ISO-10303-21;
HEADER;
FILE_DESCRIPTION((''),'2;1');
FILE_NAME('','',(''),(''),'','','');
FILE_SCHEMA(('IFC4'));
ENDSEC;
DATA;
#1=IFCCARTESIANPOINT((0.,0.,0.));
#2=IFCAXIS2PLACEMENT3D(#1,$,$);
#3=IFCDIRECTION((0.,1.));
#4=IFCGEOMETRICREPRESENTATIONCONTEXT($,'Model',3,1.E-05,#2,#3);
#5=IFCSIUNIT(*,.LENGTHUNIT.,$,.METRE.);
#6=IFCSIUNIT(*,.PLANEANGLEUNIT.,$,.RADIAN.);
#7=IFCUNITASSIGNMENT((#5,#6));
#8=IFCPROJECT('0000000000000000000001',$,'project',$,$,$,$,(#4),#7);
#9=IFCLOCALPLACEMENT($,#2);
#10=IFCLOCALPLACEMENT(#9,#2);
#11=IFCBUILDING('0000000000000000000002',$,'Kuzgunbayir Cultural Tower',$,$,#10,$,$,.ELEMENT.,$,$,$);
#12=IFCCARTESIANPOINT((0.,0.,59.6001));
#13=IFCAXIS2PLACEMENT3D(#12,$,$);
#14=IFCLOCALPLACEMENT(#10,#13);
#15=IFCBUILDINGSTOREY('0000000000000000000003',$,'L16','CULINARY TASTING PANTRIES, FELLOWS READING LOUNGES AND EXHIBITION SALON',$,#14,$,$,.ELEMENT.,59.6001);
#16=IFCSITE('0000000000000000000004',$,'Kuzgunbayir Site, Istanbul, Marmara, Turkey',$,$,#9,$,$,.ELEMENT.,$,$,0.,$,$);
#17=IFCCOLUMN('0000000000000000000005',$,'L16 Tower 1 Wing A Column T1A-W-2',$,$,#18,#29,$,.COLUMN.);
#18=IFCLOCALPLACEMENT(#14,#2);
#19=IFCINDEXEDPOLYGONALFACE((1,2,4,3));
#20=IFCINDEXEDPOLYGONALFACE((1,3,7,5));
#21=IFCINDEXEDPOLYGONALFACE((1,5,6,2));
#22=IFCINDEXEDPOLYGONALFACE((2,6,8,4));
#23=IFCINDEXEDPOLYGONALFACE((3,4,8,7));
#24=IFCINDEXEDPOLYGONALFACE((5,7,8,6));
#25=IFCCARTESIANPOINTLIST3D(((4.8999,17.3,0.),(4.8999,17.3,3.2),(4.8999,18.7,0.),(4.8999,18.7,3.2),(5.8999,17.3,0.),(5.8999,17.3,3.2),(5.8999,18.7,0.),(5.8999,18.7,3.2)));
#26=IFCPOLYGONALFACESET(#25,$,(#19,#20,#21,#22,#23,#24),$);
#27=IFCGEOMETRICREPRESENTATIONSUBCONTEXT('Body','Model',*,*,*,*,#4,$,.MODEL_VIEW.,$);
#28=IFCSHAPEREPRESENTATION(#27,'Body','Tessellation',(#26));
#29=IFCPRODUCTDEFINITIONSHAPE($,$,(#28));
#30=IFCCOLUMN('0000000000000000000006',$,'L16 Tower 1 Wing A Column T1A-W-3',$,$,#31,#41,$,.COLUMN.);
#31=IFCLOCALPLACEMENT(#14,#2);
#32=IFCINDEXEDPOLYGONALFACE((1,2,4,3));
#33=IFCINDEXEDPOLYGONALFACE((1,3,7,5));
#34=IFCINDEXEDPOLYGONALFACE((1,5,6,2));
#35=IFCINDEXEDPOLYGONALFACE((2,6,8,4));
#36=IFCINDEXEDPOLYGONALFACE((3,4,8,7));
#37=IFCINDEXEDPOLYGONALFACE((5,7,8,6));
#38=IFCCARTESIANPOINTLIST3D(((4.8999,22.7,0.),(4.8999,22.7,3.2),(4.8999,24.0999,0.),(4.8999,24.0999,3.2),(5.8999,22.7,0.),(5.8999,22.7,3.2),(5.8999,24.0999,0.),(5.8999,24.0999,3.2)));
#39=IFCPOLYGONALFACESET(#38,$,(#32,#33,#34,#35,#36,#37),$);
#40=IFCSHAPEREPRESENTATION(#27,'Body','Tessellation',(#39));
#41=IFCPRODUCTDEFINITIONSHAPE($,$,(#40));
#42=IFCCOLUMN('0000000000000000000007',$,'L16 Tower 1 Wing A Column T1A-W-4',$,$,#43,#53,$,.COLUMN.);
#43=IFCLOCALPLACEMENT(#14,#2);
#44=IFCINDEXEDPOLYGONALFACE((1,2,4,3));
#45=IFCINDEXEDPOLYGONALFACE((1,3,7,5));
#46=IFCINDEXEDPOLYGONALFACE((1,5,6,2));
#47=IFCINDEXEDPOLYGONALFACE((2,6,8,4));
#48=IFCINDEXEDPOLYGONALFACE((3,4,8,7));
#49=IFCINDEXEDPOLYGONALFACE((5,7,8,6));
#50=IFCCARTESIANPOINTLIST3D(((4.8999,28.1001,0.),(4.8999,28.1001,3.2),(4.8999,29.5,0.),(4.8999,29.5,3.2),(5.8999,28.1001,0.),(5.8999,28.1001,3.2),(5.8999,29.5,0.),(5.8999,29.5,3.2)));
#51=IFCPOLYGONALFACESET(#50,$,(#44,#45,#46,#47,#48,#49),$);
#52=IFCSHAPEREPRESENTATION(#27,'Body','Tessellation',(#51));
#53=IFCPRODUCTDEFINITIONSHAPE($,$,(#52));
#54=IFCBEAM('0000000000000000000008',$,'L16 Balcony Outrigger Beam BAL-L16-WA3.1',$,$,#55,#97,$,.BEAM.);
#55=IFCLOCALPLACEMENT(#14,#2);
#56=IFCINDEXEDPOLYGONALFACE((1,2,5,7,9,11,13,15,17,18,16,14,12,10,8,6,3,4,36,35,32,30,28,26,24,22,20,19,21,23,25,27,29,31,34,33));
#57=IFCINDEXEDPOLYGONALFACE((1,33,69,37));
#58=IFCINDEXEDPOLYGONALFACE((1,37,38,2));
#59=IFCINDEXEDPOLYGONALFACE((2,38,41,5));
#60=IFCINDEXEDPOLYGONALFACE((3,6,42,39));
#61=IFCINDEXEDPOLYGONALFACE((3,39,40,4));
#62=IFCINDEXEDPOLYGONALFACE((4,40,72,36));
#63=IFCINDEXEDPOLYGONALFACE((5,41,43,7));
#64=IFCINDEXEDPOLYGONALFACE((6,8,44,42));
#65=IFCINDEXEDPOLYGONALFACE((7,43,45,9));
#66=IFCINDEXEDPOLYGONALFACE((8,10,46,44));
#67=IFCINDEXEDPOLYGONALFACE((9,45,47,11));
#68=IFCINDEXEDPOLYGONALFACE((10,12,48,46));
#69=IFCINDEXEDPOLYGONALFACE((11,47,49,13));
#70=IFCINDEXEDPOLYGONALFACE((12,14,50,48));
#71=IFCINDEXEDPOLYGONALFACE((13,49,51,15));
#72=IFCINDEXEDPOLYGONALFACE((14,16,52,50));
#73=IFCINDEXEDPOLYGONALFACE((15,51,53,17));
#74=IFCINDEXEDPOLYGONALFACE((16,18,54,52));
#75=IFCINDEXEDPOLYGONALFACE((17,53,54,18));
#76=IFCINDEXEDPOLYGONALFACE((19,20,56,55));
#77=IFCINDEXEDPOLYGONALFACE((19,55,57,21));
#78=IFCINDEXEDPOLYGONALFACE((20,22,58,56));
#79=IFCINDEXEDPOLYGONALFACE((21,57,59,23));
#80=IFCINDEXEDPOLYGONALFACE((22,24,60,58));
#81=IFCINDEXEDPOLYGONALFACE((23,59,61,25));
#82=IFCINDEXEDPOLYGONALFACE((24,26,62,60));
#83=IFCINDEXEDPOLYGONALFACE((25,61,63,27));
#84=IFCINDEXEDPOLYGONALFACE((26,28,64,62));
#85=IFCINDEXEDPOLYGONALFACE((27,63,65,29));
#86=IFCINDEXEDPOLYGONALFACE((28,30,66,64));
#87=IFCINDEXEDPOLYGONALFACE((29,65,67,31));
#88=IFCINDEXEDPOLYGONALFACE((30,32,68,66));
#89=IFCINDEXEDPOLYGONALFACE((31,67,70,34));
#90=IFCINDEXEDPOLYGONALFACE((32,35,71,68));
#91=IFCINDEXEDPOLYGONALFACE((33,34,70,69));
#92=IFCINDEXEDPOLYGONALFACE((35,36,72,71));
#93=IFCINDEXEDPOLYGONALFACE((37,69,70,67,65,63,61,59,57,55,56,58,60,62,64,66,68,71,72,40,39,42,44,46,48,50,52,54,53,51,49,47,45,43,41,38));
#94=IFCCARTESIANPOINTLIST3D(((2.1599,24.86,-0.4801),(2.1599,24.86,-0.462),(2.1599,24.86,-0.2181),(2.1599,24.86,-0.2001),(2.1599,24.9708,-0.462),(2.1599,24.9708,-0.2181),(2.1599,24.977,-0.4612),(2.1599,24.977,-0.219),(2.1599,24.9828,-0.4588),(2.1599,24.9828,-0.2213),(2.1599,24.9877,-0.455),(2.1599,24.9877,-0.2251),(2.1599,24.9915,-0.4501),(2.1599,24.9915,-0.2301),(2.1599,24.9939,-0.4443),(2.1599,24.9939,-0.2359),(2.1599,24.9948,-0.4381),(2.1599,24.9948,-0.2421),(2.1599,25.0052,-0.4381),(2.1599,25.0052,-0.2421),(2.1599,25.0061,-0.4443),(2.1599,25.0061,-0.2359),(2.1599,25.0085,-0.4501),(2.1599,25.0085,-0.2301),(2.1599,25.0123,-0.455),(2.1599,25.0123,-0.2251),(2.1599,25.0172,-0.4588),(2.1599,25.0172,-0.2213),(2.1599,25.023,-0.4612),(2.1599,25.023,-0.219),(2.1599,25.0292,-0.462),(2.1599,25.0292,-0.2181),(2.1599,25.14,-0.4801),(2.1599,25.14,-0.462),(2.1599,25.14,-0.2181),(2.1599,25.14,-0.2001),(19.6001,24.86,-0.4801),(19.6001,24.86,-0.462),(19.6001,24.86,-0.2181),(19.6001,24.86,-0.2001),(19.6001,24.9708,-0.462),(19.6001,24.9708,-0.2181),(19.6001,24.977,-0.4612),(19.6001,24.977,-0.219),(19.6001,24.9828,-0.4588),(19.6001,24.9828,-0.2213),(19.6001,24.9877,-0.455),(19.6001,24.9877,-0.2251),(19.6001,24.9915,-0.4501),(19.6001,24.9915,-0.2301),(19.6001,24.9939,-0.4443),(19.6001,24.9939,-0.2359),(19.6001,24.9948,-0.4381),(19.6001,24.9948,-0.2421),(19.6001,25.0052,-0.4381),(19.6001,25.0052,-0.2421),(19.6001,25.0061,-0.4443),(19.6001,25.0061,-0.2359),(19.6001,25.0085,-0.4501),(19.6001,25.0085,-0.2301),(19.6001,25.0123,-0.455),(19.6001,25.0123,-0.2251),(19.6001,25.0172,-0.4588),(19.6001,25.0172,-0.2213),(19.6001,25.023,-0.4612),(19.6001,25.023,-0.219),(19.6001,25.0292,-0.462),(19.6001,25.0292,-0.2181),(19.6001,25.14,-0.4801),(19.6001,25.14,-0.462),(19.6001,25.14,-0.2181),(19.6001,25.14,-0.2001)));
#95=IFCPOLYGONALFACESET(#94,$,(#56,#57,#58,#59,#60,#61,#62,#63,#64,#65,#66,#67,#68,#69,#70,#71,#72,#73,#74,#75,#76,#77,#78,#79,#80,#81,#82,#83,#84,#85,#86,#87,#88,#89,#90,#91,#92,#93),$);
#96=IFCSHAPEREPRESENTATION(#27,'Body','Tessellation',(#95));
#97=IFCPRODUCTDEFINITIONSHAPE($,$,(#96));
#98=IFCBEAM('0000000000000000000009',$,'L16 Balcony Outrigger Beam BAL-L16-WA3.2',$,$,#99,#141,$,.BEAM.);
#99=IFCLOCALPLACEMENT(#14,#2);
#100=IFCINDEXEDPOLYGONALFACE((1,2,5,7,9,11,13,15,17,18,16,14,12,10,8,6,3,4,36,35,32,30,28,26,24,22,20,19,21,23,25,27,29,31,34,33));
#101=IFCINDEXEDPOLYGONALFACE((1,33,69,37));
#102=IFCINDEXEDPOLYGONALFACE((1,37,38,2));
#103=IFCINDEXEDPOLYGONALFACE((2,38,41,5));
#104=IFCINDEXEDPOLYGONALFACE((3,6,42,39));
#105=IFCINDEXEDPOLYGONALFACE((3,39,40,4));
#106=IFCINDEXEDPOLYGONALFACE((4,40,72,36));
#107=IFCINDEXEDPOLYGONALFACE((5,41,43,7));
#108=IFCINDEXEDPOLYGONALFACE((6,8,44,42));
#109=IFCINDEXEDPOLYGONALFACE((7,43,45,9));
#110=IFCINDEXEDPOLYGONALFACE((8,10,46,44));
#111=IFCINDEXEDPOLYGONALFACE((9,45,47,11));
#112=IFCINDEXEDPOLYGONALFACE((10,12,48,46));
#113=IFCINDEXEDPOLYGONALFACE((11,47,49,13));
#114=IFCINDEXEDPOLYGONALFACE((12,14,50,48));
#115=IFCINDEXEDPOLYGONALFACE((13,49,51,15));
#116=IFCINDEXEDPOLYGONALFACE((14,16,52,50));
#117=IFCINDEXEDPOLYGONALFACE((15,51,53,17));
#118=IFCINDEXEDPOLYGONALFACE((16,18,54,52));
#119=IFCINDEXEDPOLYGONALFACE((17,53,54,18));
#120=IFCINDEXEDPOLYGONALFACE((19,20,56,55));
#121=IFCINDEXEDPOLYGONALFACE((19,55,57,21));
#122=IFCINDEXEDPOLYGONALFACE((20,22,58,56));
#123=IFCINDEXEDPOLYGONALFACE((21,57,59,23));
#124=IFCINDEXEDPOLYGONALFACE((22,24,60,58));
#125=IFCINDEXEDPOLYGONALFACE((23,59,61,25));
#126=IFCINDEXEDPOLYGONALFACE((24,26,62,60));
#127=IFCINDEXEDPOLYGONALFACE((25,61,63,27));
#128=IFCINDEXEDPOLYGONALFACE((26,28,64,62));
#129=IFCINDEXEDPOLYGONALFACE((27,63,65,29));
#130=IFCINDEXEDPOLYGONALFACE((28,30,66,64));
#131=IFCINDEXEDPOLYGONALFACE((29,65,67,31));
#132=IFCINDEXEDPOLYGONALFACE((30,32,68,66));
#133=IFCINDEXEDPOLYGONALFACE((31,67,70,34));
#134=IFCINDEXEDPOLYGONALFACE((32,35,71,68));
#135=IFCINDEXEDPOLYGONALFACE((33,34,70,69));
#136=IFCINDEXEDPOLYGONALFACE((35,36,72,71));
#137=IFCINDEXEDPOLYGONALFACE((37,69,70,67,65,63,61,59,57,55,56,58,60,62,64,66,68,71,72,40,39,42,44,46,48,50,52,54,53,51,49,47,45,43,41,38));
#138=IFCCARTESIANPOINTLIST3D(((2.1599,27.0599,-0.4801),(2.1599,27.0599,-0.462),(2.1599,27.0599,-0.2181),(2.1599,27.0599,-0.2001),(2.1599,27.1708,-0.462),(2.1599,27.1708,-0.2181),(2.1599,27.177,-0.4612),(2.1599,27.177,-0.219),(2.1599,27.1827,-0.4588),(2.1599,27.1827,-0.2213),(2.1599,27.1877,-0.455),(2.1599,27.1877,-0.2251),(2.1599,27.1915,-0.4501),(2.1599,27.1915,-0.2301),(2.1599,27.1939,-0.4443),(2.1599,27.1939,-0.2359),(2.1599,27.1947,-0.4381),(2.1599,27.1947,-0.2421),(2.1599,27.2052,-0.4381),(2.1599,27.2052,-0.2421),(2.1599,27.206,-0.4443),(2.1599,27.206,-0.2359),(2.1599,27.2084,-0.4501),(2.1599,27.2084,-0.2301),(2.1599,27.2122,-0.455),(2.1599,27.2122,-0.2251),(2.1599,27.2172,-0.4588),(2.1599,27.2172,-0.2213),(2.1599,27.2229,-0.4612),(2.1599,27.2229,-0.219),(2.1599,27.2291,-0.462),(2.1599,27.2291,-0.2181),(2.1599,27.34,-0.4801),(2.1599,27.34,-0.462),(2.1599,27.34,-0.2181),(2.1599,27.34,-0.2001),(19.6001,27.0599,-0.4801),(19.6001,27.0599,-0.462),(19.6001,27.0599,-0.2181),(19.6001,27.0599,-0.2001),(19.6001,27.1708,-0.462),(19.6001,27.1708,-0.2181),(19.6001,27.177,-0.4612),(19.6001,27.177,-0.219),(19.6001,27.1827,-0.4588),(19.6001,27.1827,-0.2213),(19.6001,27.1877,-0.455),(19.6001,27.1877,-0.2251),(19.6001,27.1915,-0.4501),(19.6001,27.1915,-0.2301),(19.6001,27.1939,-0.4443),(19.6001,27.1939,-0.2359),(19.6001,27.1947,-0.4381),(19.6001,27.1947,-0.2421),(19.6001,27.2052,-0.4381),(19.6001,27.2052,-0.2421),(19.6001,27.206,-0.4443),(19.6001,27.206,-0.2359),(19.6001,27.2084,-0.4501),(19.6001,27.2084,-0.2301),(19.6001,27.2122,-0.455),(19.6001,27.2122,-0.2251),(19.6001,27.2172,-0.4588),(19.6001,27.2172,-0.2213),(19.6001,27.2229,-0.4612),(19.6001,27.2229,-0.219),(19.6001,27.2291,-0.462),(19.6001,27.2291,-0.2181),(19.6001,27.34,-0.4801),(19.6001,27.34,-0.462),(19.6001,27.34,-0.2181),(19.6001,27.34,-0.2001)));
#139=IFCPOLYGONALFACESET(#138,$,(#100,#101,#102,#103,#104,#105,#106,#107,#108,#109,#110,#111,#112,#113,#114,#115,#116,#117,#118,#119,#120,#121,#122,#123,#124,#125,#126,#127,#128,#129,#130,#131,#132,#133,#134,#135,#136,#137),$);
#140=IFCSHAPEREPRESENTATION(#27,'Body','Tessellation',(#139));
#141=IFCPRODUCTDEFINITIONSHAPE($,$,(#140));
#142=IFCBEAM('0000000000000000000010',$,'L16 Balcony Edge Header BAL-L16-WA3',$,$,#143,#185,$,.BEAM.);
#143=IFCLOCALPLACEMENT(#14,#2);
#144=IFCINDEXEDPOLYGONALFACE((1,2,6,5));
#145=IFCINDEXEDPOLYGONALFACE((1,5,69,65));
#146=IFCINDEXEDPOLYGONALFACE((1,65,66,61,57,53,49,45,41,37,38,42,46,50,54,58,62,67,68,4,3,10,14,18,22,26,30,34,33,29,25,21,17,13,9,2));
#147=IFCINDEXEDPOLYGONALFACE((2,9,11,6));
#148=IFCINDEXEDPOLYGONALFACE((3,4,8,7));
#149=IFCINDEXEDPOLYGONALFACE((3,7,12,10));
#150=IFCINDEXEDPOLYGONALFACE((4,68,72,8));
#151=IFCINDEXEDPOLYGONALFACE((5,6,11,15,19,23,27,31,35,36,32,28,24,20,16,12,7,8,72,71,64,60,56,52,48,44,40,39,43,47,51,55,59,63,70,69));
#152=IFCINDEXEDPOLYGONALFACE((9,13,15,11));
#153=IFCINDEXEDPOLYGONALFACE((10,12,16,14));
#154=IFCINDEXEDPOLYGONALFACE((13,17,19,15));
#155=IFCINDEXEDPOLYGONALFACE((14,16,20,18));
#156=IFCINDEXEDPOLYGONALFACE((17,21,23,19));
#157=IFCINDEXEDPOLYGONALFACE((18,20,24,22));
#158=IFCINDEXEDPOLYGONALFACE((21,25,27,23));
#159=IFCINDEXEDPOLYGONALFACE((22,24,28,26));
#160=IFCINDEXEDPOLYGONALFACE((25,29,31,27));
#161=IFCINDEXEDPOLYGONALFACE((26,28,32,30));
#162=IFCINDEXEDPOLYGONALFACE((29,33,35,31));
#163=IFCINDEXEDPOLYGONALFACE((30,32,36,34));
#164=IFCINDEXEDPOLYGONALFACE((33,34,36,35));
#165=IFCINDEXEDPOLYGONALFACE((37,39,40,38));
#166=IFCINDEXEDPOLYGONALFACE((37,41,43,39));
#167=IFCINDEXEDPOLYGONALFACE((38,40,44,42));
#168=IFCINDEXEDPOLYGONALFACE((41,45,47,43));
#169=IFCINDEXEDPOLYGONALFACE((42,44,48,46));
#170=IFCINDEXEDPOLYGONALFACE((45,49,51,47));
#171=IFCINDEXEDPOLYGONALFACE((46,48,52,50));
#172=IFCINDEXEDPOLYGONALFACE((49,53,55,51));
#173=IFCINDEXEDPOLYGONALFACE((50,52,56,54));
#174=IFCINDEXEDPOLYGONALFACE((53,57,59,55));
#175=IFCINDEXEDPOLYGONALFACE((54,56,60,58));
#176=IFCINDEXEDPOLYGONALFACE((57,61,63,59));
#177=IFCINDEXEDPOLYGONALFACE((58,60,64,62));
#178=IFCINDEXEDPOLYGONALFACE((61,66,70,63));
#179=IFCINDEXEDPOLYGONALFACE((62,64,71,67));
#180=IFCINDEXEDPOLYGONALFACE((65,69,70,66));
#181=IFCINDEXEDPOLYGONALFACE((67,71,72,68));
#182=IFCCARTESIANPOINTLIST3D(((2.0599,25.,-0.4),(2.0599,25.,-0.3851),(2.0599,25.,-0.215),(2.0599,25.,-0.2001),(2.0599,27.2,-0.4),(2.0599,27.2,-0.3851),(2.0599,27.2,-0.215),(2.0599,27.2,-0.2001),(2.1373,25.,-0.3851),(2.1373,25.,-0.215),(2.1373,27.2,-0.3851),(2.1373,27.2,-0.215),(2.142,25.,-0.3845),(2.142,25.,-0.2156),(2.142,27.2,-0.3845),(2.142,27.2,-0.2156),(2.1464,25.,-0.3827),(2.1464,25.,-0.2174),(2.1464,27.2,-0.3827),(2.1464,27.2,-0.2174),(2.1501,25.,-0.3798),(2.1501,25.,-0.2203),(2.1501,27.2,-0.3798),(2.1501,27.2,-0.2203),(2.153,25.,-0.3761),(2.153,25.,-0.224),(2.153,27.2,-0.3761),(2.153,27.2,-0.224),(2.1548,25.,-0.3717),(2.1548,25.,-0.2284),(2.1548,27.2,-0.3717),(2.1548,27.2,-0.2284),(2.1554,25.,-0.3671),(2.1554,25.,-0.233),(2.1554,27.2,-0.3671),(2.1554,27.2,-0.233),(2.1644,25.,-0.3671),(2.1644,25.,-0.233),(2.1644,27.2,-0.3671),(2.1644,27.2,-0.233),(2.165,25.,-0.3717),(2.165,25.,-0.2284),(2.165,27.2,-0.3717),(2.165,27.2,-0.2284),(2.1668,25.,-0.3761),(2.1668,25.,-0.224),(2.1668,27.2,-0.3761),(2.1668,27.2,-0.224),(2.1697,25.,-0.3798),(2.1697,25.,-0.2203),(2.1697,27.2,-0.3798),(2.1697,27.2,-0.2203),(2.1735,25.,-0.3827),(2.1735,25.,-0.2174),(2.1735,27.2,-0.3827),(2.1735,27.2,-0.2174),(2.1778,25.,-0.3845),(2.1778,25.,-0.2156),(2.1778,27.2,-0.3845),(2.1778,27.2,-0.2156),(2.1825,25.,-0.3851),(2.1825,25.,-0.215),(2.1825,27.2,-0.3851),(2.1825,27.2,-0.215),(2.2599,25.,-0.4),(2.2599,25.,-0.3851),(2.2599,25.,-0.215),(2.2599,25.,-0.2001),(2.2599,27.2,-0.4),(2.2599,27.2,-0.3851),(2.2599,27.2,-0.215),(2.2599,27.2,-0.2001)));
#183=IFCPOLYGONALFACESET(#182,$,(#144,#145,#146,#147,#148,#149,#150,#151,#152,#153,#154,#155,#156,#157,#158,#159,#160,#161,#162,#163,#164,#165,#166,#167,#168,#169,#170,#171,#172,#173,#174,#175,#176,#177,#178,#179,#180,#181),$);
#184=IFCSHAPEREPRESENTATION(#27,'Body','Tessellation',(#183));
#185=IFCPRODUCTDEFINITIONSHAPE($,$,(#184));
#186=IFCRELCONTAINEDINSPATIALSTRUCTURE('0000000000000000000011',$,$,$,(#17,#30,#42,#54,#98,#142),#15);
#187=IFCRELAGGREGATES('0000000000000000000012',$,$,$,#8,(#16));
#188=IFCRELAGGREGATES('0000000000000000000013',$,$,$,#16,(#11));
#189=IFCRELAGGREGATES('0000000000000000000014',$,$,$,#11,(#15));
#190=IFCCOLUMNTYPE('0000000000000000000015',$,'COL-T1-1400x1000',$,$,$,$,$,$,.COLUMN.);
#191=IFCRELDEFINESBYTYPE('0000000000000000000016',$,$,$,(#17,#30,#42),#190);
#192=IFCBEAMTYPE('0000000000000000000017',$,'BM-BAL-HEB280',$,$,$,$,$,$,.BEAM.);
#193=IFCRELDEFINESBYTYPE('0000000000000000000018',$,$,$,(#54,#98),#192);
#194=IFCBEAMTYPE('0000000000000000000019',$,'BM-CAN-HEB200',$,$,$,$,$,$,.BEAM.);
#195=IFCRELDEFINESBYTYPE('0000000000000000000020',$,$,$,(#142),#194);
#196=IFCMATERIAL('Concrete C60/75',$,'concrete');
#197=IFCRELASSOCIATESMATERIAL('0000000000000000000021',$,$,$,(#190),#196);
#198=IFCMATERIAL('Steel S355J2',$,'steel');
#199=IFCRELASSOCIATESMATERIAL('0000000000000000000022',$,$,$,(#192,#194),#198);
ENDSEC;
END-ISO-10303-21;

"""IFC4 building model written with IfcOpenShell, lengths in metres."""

from ifc_helpers import new_model, si_unit, direction, frame, origin, origin_2d, place, context, subcontext, project, spatial, rectangle, i_section, extrude, material, material_profile, profile_set, type_object, element, save


model = new_model("IFC4")

# Units and contexts
model_context = context("Model", 3, precision=1e-05, world=origin(), true_north=direction((0.0, 1.0)))
body_context = subcontext(model_context, "Body", "Model", "MODEL_VIEW")
ifc_project = project(units=[si_unit("LENGTHUNIT", "METRE"), si_unit("PLANEANGLEUNIT", "RADIAN")], contexts=[model_context])

# Site, building, storey
site_placement = place(None, origin())
site = spatial("IfcSite", under=ifc_project, at=site_placement, Name="Kuzgunbayir Site, Istanbul, Marmara, Turkey", CompositionType="ELEMENT", RefElevation=0.0)
building_placement = place(site_placement, origin())
building = spatial("IfcBuilding", under=site, at=building_placement, Name="Kuzgunbayir Cultural Tower", CompositionType="ELEMENT")
storey_placement = place(building_placement, frame((0.0, 0.0, 59.6001)))
storey = spatial("IfcBuildingStorey", under=building, at=storey_placement, Name="L16", Description="CULINARY TASTING PANTRIES, FELLOWS READING LOUNGES AND EXHIBITION SALON", CompositionType="ELEMENT", Elevation=59.6001)

# Columns
ifc_material_1 = material(Name="Concrete C60/75", Category="concrete")
ifc_material_profile_1 = material_profile(ifc_material_1, rectangle(XDim=1.0, YDim=1.3999, at=origin_2d()), Name="RC 1400x1000")
ifc_profile_set_1 = profile_set([ifc_material_profile_1], Name="Concrete C60/75")
column_type = type_object("IfcColumnType", Name="COL-T1-1400x1000", PredefinedType="COLUMN", material=ifc_profile_set_1)
for number, where, z_axis, x_axis, name in (
    (1, (5.3999, 18.0, 0.0), (0.0, 0.0, 1.0), (1.0, 0.0, 0.0), "L16 Tower 1 Wing A Column T1A-W-2"),
    (2, (5.3999, 23.3999, 0.0), (0.0, 0.0, 1.0), (1.0, 0.0, 0.0), "L16 Tower 1 Wing A Column T1A-W-3"),
    (3, (5.3999, 28.8, 0.0), (0.0, 0.0, 1.0), (1.0, 0.0, 0.0), "L16 Tower 1 Wing A Column T1A-W-4"),
):
    element("IfcColumn", number, at=place(storey_placement, frame(where, z_axis=z_axis, x_axis=x_axis)), inside=storey, type_object=column_type, Name=name, PredefinedType="COLUMN", context=body_context, shape_type="SweptSolid", body=[
        extrude(rectangle(XDim=1.0, YDim=1.3999, at=origin_2d()), origin(), (0.0, 0.0, 1.0), 3.2),
    ])

# Beams
ifc_material_2 = material(Name="Steel S355J2", Category="steel")
ifc_material_profile_2 = material_profile(ifc_material_2, i_section(OverallWidth=0.28, OverallDepth=0.28, WebThickness=0.0105, FlangeThickness=0.0181, FilletRadius=0.0239, at=origin_2d()), Name="HEB 280")
ifc_profile_set_2 = profile_set([ifc_material_profile_2], Name="Steel S355J2")
beam_type_1 = type_object("IfcBeamType", Name="BM-BAL-HEB280", PredefinedType="BEAM", material=ifc_profile_set_2)
for number, where, z_axis, x_axis, name in (
    (4, (2.1599, 25.0, -0.3401), (1.0, 0.0, 0.0), (0.0, 1.0, 0.0), "L16 Balcony Outrigger Beam BAL-L16-WA3.1"),
    (5, (2.1599, 27.2, -0.3401), (1.0, 0.0, 0.0), (0.0, 1.0, 0.0), "L16 Balcony Outrigger Beam BAL-L16-WA3.2"),
):
    element("IfcBeam", number, at=place(storey_placement, frame(where, z_axis=z_axis, x_axis=x_axis)), inside=storey, type_object=beam_type_1, Name=name, PredefinedType="BEAM", context=body_context, shape_type="SweptSolid", body=[
        extrude(i_section(OverallWidth=0.28, OverallDepth=0.28, WebThickness=0.0105, FlangeThickness=0.0181, FilletRadius=0.0239, at=origin_2d()), origin(), (0.0, 0.0, 1.0), 17.4402),
    ])
ifc_material_profile_3 = material_profile(ifc_material_2, i_section(OverallWidth=0.2, OverallDepth=0.2, WebThickness=0.009, FlangeThickness=0.0149, FilletRadius=0.0181, at=origin_2d()), Name="HEB 200")
ifc_profile_set_3 = profile_set([ifc_material_profile_3], Name="Steel S355J2")
beam_type_2 = type_object("IfcBeamType", Name="BM-CAN-HEB200", PredefinedType="BEAM", material=ifc_profile_set_3)
beam_1_placement = place(storey_placement, frame((2.1599, 25.0, -0.3), z_axis=(0.0, 1.0, 0.0), x_axis=(-1.0, 0.0, 0.0)))
element("IfcBeam", 6, at=beam_1_placement, inside=storey, type_object=beam_type_2, Name="L16 Balcony Edge Header BAL-L16-WA3", PredefinedType="BEAM", context=body_context, shape_type="SweptSolid", body=[
    extrude(i_section(OverallWidth=0.2, OverallDepth=0.2, WebThickness=0.009, FlangeThickness=0.0149, FilletRadius=0.0181, at=origin_2d()), origin(), (0.0, 0.0, 1.0), 2.2),
])

save(model, "model.ifc")
